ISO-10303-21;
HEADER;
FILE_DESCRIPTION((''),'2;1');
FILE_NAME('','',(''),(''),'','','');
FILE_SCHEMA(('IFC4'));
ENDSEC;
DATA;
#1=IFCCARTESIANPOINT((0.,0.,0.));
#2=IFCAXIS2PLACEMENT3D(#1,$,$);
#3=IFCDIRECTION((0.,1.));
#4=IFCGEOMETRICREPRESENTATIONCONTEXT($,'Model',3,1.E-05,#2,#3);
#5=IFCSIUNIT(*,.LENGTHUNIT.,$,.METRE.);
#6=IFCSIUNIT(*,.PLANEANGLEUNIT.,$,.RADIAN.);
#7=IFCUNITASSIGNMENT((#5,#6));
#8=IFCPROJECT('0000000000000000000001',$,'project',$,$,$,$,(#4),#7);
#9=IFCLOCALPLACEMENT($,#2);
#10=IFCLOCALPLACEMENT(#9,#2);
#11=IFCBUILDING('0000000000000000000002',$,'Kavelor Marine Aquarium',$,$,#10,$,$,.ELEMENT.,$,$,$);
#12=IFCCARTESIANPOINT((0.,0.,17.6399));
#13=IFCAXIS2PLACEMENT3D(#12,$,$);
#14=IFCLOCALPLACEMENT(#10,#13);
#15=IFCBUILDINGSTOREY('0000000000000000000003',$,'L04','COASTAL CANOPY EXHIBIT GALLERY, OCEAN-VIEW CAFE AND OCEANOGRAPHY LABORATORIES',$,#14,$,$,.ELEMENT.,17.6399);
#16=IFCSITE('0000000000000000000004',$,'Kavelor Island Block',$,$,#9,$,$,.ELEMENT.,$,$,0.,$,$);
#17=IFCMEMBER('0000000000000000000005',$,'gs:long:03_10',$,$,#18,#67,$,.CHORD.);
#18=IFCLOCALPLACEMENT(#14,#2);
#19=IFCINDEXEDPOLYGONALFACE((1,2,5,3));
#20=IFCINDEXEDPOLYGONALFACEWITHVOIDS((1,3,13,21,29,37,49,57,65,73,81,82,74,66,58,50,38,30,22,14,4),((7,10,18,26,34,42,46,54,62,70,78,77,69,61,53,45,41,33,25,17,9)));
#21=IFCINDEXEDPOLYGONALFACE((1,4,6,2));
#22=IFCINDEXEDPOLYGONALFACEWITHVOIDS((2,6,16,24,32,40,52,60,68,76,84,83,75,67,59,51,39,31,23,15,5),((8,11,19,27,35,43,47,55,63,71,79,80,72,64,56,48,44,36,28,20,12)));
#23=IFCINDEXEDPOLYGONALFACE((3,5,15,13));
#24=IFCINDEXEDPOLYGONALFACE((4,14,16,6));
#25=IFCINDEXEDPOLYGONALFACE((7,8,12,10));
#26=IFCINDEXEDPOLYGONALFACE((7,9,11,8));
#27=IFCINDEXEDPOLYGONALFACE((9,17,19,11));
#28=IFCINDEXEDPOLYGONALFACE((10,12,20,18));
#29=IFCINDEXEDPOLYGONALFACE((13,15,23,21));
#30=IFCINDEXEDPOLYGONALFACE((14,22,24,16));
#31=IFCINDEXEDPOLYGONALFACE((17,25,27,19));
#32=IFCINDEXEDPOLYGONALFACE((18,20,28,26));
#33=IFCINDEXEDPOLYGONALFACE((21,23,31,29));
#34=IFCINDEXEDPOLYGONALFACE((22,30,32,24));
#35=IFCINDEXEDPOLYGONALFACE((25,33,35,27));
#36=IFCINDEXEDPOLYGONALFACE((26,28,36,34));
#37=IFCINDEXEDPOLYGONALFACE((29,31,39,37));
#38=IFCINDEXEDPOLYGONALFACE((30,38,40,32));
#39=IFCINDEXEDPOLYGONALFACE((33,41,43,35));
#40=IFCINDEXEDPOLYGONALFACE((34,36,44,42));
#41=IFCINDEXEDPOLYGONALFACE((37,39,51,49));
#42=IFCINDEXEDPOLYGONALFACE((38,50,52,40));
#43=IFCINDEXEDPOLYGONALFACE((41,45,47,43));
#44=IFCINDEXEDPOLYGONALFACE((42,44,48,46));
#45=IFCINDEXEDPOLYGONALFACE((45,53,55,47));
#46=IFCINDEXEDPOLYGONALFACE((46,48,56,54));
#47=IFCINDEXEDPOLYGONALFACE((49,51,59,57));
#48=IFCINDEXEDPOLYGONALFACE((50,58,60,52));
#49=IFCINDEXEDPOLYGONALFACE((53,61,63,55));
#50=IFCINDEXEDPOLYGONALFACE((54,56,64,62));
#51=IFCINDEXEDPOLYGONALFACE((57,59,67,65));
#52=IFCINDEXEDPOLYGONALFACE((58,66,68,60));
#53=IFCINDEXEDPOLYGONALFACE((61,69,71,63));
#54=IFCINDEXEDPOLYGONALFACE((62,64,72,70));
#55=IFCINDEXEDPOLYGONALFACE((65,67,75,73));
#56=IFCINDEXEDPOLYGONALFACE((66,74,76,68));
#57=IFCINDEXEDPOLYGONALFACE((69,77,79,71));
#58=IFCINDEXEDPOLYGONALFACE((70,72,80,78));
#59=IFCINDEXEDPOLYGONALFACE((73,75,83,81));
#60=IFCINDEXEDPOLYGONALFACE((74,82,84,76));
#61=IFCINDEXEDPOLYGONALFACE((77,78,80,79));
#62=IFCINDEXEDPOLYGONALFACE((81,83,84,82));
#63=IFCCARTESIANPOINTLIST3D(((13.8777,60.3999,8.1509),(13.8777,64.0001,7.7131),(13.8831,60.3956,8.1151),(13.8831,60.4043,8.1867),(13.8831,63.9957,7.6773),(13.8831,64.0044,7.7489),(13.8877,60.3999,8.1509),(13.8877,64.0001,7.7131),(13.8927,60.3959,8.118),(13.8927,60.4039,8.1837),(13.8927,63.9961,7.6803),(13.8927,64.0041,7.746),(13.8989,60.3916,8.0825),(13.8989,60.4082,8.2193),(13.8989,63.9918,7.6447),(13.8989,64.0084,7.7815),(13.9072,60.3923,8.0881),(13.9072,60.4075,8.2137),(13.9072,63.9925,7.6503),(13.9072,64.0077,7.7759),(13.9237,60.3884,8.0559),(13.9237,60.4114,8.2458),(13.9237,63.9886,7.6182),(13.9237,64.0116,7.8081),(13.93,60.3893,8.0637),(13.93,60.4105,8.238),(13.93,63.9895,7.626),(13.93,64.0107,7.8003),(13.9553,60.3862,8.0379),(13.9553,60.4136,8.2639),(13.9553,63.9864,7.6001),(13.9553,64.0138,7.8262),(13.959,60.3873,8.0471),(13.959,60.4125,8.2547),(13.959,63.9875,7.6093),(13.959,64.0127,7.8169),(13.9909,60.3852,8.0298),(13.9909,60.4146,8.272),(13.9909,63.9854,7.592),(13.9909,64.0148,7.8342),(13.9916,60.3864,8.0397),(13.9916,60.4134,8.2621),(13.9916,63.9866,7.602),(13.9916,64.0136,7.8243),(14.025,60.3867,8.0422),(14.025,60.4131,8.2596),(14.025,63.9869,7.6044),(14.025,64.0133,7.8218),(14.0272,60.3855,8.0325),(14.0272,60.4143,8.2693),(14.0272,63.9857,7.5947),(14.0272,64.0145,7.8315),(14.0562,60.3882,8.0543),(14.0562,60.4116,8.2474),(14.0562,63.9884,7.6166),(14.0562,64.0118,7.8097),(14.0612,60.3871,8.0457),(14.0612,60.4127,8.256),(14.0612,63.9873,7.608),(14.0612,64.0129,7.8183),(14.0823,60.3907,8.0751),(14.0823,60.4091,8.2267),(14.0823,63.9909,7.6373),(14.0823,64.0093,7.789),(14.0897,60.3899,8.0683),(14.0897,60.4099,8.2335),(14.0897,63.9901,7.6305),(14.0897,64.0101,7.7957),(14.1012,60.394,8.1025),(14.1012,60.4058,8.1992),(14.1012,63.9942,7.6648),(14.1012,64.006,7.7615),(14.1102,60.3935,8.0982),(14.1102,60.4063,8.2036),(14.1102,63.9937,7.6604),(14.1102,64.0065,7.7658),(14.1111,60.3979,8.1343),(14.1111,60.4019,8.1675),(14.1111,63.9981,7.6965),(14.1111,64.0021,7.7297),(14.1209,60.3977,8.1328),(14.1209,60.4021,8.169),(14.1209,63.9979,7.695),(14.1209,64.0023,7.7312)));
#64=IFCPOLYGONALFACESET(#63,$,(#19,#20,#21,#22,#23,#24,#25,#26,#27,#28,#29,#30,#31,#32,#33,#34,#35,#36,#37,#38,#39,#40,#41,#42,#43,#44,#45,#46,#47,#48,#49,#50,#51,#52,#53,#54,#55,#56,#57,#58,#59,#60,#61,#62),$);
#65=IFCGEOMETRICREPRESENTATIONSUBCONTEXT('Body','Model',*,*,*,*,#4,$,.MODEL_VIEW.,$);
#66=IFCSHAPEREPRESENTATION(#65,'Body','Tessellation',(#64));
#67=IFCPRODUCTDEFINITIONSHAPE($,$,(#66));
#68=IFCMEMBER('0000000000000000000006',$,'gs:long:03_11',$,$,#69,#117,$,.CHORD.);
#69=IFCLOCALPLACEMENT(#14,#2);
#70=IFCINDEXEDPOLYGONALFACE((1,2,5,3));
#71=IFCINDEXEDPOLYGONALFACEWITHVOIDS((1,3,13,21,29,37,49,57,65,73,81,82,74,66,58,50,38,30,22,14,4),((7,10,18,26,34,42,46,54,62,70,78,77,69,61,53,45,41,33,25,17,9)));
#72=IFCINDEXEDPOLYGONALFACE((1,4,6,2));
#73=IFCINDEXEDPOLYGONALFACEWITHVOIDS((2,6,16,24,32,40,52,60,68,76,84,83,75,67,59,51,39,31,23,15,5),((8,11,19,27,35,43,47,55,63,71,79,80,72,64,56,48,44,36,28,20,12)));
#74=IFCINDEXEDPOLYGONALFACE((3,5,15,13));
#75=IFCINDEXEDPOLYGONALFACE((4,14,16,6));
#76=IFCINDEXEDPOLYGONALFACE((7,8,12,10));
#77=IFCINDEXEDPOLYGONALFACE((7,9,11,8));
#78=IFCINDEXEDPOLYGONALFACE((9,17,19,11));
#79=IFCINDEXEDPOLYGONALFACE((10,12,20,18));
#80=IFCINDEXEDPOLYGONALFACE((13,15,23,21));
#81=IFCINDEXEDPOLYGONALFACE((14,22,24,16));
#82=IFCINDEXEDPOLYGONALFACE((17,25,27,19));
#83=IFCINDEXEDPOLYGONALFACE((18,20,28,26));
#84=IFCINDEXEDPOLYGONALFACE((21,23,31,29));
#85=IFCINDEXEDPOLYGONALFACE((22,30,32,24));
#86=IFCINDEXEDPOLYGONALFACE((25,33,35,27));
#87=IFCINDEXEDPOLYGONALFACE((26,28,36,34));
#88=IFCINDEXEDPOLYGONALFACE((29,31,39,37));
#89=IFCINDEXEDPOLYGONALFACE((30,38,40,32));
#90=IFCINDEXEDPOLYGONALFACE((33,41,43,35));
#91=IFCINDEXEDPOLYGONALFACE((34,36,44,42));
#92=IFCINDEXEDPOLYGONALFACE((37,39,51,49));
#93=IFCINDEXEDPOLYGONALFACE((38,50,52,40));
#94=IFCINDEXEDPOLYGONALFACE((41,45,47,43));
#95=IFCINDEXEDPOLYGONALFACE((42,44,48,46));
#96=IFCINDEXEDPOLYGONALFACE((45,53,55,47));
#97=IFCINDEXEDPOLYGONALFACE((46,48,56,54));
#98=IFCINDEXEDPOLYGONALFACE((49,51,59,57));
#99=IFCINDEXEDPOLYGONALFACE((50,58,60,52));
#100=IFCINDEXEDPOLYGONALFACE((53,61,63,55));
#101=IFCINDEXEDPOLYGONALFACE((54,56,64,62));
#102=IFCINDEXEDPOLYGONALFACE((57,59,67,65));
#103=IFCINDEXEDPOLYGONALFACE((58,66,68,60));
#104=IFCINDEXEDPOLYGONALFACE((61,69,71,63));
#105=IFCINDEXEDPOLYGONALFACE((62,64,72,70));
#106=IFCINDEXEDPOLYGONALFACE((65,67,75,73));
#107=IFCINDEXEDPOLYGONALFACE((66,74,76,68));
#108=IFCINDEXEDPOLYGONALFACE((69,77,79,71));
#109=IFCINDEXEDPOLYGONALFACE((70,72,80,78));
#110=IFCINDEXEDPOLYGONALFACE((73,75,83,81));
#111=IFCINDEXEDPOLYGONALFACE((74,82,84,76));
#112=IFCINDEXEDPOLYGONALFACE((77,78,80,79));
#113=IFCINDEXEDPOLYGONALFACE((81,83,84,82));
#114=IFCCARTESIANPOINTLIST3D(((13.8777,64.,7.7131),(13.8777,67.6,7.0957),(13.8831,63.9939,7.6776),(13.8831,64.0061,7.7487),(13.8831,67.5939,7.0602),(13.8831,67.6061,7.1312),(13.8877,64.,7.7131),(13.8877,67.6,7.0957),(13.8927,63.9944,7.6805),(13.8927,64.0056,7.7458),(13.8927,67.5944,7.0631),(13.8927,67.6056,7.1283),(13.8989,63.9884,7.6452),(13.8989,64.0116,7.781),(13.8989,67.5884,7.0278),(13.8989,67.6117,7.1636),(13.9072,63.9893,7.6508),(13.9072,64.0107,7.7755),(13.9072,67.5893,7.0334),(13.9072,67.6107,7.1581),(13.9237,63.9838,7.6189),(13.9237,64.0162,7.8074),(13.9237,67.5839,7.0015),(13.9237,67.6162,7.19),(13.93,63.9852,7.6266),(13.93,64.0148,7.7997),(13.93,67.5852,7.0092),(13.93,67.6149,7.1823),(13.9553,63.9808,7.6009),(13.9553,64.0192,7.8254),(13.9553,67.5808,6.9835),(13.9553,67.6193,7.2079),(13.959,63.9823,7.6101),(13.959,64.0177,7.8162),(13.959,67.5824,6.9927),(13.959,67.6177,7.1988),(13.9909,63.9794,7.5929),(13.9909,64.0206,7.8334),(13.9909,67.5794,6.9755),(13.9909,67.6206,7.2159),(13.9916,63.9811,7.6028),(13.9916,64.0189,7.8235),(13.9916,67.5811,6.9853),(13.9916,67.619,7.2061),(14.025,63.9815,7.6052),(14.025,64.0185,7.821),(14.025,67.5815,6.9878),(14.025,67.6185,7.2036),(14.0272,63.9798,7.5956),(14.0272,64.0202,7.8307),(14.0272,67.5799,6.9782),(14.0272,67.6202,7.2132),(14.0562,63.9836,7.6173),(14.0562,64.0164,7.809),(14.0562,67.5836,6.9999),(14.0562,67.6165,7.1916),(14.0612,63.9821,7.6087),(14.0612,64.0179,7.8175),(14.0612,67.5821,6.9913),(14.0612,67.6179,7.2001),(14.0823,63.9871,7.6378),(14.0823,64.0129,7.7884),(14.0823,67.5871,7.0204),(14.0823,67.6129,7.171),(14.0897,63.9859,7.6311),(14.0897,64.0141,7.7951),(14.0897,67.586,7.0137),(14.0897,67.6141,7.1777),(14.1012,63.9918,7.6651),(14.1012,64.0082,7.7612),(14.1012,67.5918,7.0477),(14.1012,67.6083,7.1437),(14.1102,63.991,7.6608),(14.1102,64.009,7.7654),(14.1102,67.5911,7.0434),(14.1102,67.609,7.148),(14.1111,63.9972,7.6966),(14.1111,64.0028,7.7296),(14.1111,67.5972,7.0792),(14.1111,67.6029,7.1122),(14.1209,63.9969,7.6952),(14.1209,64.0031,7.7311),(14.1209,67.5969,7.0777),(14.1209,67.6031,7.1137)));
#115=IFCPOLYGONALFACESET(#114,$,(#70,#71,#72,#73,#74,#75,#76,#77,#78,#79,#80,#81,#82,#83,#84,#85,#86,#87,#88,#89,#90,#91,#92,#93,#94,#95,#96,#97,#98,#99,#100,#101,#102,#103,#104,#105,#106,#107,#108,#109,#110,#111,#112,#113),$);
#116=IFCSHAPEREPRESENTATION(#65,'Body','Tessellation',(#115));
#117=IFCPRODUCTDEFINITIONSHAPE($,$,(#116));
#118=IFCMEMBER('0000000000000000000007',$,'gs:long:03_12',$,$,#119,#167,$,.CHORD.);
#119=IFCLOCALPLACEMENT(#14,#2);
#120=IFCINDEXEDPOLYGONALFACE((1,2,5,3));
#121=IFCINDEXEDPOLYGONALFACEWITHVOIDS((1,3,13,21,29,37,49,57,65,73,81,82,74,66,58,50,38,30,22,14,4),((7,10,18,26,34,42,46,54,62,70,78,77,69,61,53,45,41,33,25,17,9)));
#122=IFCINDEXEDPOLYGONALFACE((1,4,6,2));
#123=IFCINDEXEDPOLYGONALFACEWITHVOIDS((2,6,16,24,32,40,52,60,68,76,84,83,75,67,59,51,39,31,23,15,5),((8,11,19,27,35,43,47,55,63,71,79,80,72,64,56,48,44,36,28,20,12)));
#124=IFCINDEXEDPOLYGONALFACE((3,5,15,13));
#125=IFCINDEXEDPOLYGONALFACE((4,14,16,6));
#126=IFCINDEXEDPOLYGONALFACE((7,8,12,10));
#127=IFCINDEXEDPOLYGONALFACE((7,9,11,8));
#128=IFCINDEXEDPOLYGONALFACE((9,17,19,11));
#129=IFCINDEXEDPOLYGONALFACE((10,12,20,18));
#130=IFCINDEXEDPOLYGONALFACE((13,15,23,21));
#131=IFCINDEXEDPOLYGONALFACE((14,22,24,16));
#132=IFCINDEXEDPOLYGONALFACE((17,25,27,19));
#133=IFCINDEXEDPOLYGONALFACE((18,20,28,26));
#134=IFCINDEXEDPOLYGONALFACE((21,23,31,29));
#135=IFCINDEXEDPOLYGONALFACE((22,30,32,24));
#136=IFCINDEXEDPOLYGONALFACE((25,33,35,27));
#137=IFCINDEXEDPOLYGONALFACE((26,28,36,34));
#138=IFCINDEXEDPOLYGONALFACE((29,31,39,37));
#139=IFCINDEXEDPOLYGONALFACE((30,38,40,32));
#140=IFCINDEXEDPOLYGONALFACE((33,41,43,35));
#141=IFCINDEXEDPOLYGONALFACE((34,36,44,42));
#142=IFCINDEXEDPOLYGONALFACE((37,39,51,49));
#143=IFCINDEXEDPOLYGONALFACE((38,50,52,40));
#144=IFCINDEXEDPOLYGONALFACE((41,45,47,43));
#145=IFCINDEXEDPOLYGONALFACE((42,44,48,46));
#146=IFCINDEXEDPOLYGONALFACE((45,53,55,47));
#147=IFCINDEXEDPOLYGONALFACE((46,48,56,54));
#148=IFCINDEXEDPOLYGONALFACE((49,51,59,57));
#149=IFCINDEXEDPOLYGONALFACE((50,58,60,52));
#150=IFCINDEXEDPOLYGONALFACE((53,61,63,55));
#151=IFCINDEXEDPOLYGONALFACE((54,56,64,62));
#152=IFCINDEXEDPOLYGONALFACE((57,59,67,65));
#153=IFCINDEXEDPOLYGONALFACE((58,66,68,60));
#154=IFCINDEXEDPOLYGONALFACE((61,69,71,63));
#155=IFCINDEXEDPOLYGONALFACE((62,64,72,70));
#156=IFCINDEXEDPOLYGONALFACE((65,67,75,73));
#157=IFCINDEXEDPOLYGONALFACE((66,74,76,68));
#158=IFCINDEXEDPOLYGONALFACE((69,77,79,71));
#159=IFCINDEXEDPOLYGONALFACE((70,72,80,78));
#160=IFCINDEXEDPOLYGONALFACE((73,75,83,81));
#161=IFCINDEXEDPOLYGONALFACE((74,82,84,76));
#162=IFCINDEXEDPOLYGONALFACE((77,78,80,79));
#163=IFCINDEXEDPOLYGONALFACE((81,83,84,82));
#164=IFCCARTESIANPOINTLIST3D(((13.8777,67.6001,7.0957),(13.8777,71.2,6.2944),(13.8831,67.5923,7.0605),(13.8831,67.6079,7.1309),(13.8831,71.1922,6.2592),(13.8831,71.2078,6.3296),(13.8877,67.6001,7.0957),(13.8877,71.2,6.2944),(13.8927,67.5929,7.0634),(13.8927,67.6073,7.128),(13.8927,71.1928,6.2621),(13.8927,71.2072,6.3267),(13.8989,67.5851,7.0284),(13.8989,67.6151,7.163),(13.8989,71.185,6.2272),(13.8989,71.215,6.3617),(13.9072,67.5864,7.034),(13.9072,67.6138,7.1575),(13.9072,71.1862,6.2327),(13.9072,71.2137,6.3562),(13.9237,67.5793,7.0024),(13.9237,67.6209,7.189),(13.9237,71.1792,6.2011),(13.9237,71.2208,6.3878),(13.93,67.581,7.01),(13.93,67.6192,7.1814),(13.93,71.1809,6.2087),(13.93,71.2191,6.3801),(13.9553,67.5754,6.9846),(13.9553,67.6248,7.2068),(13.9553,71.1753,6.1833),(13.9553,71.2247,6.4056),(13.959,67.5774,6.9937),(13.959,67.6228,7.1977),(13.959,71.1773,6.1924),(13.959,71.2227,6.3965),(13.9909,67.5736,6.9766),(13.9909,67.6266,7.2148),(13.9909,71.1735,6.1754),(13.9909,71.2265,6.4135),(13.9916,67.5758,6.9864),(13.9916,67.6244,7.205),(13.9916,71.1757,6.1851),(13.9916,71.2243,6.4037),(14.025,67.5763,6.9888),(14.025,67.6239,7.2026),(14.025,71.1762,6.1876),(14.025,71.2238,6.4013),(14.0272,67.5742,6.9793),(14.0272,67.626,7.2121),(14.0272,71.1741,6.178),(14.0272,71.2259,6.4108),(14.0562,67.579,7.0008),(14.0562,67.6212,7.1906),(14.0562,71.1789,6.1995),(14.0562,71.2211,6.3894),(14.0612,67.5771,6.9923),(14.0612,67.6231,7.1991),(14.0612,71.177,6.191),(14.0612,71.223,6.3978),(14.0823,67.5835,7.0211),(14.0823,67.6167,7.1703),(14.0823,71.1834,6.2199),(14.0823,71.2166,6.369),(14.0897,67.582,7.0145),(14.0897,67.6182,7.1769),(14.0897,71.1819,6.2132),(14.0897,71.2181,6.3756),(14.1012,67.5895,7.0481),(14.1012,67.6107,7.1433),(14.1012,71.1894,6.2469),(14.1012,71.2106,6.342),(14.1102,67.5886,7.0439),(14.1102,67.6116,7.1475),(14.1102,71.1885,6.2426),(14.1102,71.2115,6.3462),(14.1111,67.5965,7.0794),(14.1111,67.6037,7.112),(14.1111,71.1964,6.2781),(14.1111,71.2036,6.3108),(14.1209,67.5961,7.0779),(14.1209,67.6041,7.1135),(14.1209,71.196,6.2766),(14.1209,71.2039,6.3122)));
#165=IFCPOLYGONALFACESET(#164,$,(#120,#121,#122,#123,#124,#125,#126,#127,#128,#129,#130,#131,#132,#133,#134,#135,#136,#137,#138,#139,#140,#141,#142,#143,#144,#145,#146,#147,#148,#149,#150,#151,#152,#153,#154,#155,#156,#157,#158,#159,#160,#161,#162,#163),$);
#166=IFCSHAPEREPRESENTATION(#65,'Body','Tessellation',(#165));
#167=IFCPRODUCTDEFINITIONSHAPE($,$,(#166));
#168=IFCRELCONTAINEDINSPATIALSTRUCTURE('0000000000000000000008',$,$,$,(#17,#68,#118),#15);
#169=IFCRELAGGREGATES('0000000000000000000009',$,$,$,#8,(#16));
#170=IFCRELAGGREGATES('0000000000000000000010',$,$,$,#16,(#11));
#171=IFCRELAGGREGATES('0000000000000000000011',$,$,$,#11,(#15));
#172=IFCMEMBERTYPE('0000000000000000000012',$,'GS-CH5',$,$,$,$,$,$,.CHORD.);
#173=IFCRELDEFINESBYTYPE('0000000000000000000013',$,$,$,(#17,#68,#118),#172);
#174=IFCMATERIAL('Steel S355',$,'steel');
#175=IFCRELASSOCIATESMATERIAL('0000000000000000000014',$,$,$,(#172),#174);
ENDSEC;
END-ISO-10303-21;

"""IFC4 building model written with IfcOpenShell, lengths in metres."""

from ifc_helpers import new_model, si_unit, direction, frame, origin, origin_2d, place, context, subcontext, project, spatial, hollow_circle, extrude, material, material_profile, profile_set, type_object, element, save


model = new_model("IFC4")

# Units and contexts
model_context = context("Model", 3, precision=1e-05, world=origin(), true_north=direction((0.0, 1.0)))
body_context = subcontext(model_context, "Body", "Model", "MODEL_VIEW")
ifc_project = project(units=[si_unit("LENGTHUNIT", "METRE"), si_unit("PLANEANGLEUNIT", "RADIAN")], contexts=[model_context])

# Site, building, storey
site_placement = place(None, origin())
site = spatial("IfcSite", under=ifc_project, at=site_placement, Name="Kavelor Island Block", CompositionType="ELEMENT", RefElevation=0.0)
building_placement = place(site_placement, origin())
building = spatial("IfcBuilding", under=site, at=building_placement, Name="Kavelor Marine Aquarium", CompositionType="ELEMENT")
storey_placement = place(building_placement, frame((0.0, 0.0, 17.6399)))
storey = spatial("IfcBuildingStorey", under=building, at=storey_placement, Name="L04", Description="COASTAL CANOPY EXHIBIT GALLERY, OCEAN-VIEW CAFE AND OCEANOGRAPHY LABORATORIES", CompositionType="ELEMENT", Elevation=17.6399)

# Members
ifc_material_1 = material(Name="Steel S355", Category="steel")
ifc_material_profile_1 = material_profile(ifc_material_1, hollow_circle(Radius=0.1223, WallThickness=0.01, at=origin_2d()), Name="CHS 244.5x10.0")
ifc_profile_set_1 = profile_set([ifc_material_profile_1], Name="Steel S355")
member_type_1 = type_object("IfcMemberType", Name="GS-CH5", PredefinedType="CHORD", material=ifc_profile_set_1)
member_1_placement = place(storey_placement, frame((14.0, 60.3999, 8.1509), z_axis=(0.0, 0.992689, -0.120703), x_axis=(-1.0, 0.0, 0.0)))
element("IfcMember", 1, at=member_1_placement, inside=storey, type_object=member_type_1, Name="gs:long:03_10", PredefinedType="CHORD", context=body_context, shape_type="SweptSolid", body=[
    extrude(hollow_circle(Radius=0.1223, WallThickness=0.01, at=origin_2d()), origin(), (0.0, 0.0, 1.0), 3.6267),
])
member_2_placement = place(storey_placement, frame((14.0, 64.0, 7.7131), z_axis=(0.0, 0.98561, -0.169036), x_axis=(-1.0, 0.0, 0.0)))
element("IfcMember", 2, at=member_2_placement, inside=storey, type_object=member_type_1, Name="gs:long:03_11", PredefinedType="CHORD", context=body_context, shape_type="SweptSolid", body=[
    extrude(hollow_circle(Radius=0.1223, WallThickness=0.01, at=origin_2d()), origin(), (0.0, 0.0, 1.0), 3.6526),
])
member_3_placement = place(storey_placement, frame((14.0, 67.6001, 7.0957), z_axis=(0.0, 0.976112, -0.217267), x_axis=(-1.0, 0.0, 0.0)))
element("IfcMember", 3, at=member_3_placement, inside=storey, type_object=member_type_1, Name="gs:long:03_12", PredefinedType="CHORD", context=body_context, shape_type="SweptSolid", body=[
    extrude(hollow_circle(Radius=0.1223, WallThickness=0.01, at=origin_2d()), origin(), (0.0, 0.0, 1.0), 3.688),
])

save(model, "model.ifc")
